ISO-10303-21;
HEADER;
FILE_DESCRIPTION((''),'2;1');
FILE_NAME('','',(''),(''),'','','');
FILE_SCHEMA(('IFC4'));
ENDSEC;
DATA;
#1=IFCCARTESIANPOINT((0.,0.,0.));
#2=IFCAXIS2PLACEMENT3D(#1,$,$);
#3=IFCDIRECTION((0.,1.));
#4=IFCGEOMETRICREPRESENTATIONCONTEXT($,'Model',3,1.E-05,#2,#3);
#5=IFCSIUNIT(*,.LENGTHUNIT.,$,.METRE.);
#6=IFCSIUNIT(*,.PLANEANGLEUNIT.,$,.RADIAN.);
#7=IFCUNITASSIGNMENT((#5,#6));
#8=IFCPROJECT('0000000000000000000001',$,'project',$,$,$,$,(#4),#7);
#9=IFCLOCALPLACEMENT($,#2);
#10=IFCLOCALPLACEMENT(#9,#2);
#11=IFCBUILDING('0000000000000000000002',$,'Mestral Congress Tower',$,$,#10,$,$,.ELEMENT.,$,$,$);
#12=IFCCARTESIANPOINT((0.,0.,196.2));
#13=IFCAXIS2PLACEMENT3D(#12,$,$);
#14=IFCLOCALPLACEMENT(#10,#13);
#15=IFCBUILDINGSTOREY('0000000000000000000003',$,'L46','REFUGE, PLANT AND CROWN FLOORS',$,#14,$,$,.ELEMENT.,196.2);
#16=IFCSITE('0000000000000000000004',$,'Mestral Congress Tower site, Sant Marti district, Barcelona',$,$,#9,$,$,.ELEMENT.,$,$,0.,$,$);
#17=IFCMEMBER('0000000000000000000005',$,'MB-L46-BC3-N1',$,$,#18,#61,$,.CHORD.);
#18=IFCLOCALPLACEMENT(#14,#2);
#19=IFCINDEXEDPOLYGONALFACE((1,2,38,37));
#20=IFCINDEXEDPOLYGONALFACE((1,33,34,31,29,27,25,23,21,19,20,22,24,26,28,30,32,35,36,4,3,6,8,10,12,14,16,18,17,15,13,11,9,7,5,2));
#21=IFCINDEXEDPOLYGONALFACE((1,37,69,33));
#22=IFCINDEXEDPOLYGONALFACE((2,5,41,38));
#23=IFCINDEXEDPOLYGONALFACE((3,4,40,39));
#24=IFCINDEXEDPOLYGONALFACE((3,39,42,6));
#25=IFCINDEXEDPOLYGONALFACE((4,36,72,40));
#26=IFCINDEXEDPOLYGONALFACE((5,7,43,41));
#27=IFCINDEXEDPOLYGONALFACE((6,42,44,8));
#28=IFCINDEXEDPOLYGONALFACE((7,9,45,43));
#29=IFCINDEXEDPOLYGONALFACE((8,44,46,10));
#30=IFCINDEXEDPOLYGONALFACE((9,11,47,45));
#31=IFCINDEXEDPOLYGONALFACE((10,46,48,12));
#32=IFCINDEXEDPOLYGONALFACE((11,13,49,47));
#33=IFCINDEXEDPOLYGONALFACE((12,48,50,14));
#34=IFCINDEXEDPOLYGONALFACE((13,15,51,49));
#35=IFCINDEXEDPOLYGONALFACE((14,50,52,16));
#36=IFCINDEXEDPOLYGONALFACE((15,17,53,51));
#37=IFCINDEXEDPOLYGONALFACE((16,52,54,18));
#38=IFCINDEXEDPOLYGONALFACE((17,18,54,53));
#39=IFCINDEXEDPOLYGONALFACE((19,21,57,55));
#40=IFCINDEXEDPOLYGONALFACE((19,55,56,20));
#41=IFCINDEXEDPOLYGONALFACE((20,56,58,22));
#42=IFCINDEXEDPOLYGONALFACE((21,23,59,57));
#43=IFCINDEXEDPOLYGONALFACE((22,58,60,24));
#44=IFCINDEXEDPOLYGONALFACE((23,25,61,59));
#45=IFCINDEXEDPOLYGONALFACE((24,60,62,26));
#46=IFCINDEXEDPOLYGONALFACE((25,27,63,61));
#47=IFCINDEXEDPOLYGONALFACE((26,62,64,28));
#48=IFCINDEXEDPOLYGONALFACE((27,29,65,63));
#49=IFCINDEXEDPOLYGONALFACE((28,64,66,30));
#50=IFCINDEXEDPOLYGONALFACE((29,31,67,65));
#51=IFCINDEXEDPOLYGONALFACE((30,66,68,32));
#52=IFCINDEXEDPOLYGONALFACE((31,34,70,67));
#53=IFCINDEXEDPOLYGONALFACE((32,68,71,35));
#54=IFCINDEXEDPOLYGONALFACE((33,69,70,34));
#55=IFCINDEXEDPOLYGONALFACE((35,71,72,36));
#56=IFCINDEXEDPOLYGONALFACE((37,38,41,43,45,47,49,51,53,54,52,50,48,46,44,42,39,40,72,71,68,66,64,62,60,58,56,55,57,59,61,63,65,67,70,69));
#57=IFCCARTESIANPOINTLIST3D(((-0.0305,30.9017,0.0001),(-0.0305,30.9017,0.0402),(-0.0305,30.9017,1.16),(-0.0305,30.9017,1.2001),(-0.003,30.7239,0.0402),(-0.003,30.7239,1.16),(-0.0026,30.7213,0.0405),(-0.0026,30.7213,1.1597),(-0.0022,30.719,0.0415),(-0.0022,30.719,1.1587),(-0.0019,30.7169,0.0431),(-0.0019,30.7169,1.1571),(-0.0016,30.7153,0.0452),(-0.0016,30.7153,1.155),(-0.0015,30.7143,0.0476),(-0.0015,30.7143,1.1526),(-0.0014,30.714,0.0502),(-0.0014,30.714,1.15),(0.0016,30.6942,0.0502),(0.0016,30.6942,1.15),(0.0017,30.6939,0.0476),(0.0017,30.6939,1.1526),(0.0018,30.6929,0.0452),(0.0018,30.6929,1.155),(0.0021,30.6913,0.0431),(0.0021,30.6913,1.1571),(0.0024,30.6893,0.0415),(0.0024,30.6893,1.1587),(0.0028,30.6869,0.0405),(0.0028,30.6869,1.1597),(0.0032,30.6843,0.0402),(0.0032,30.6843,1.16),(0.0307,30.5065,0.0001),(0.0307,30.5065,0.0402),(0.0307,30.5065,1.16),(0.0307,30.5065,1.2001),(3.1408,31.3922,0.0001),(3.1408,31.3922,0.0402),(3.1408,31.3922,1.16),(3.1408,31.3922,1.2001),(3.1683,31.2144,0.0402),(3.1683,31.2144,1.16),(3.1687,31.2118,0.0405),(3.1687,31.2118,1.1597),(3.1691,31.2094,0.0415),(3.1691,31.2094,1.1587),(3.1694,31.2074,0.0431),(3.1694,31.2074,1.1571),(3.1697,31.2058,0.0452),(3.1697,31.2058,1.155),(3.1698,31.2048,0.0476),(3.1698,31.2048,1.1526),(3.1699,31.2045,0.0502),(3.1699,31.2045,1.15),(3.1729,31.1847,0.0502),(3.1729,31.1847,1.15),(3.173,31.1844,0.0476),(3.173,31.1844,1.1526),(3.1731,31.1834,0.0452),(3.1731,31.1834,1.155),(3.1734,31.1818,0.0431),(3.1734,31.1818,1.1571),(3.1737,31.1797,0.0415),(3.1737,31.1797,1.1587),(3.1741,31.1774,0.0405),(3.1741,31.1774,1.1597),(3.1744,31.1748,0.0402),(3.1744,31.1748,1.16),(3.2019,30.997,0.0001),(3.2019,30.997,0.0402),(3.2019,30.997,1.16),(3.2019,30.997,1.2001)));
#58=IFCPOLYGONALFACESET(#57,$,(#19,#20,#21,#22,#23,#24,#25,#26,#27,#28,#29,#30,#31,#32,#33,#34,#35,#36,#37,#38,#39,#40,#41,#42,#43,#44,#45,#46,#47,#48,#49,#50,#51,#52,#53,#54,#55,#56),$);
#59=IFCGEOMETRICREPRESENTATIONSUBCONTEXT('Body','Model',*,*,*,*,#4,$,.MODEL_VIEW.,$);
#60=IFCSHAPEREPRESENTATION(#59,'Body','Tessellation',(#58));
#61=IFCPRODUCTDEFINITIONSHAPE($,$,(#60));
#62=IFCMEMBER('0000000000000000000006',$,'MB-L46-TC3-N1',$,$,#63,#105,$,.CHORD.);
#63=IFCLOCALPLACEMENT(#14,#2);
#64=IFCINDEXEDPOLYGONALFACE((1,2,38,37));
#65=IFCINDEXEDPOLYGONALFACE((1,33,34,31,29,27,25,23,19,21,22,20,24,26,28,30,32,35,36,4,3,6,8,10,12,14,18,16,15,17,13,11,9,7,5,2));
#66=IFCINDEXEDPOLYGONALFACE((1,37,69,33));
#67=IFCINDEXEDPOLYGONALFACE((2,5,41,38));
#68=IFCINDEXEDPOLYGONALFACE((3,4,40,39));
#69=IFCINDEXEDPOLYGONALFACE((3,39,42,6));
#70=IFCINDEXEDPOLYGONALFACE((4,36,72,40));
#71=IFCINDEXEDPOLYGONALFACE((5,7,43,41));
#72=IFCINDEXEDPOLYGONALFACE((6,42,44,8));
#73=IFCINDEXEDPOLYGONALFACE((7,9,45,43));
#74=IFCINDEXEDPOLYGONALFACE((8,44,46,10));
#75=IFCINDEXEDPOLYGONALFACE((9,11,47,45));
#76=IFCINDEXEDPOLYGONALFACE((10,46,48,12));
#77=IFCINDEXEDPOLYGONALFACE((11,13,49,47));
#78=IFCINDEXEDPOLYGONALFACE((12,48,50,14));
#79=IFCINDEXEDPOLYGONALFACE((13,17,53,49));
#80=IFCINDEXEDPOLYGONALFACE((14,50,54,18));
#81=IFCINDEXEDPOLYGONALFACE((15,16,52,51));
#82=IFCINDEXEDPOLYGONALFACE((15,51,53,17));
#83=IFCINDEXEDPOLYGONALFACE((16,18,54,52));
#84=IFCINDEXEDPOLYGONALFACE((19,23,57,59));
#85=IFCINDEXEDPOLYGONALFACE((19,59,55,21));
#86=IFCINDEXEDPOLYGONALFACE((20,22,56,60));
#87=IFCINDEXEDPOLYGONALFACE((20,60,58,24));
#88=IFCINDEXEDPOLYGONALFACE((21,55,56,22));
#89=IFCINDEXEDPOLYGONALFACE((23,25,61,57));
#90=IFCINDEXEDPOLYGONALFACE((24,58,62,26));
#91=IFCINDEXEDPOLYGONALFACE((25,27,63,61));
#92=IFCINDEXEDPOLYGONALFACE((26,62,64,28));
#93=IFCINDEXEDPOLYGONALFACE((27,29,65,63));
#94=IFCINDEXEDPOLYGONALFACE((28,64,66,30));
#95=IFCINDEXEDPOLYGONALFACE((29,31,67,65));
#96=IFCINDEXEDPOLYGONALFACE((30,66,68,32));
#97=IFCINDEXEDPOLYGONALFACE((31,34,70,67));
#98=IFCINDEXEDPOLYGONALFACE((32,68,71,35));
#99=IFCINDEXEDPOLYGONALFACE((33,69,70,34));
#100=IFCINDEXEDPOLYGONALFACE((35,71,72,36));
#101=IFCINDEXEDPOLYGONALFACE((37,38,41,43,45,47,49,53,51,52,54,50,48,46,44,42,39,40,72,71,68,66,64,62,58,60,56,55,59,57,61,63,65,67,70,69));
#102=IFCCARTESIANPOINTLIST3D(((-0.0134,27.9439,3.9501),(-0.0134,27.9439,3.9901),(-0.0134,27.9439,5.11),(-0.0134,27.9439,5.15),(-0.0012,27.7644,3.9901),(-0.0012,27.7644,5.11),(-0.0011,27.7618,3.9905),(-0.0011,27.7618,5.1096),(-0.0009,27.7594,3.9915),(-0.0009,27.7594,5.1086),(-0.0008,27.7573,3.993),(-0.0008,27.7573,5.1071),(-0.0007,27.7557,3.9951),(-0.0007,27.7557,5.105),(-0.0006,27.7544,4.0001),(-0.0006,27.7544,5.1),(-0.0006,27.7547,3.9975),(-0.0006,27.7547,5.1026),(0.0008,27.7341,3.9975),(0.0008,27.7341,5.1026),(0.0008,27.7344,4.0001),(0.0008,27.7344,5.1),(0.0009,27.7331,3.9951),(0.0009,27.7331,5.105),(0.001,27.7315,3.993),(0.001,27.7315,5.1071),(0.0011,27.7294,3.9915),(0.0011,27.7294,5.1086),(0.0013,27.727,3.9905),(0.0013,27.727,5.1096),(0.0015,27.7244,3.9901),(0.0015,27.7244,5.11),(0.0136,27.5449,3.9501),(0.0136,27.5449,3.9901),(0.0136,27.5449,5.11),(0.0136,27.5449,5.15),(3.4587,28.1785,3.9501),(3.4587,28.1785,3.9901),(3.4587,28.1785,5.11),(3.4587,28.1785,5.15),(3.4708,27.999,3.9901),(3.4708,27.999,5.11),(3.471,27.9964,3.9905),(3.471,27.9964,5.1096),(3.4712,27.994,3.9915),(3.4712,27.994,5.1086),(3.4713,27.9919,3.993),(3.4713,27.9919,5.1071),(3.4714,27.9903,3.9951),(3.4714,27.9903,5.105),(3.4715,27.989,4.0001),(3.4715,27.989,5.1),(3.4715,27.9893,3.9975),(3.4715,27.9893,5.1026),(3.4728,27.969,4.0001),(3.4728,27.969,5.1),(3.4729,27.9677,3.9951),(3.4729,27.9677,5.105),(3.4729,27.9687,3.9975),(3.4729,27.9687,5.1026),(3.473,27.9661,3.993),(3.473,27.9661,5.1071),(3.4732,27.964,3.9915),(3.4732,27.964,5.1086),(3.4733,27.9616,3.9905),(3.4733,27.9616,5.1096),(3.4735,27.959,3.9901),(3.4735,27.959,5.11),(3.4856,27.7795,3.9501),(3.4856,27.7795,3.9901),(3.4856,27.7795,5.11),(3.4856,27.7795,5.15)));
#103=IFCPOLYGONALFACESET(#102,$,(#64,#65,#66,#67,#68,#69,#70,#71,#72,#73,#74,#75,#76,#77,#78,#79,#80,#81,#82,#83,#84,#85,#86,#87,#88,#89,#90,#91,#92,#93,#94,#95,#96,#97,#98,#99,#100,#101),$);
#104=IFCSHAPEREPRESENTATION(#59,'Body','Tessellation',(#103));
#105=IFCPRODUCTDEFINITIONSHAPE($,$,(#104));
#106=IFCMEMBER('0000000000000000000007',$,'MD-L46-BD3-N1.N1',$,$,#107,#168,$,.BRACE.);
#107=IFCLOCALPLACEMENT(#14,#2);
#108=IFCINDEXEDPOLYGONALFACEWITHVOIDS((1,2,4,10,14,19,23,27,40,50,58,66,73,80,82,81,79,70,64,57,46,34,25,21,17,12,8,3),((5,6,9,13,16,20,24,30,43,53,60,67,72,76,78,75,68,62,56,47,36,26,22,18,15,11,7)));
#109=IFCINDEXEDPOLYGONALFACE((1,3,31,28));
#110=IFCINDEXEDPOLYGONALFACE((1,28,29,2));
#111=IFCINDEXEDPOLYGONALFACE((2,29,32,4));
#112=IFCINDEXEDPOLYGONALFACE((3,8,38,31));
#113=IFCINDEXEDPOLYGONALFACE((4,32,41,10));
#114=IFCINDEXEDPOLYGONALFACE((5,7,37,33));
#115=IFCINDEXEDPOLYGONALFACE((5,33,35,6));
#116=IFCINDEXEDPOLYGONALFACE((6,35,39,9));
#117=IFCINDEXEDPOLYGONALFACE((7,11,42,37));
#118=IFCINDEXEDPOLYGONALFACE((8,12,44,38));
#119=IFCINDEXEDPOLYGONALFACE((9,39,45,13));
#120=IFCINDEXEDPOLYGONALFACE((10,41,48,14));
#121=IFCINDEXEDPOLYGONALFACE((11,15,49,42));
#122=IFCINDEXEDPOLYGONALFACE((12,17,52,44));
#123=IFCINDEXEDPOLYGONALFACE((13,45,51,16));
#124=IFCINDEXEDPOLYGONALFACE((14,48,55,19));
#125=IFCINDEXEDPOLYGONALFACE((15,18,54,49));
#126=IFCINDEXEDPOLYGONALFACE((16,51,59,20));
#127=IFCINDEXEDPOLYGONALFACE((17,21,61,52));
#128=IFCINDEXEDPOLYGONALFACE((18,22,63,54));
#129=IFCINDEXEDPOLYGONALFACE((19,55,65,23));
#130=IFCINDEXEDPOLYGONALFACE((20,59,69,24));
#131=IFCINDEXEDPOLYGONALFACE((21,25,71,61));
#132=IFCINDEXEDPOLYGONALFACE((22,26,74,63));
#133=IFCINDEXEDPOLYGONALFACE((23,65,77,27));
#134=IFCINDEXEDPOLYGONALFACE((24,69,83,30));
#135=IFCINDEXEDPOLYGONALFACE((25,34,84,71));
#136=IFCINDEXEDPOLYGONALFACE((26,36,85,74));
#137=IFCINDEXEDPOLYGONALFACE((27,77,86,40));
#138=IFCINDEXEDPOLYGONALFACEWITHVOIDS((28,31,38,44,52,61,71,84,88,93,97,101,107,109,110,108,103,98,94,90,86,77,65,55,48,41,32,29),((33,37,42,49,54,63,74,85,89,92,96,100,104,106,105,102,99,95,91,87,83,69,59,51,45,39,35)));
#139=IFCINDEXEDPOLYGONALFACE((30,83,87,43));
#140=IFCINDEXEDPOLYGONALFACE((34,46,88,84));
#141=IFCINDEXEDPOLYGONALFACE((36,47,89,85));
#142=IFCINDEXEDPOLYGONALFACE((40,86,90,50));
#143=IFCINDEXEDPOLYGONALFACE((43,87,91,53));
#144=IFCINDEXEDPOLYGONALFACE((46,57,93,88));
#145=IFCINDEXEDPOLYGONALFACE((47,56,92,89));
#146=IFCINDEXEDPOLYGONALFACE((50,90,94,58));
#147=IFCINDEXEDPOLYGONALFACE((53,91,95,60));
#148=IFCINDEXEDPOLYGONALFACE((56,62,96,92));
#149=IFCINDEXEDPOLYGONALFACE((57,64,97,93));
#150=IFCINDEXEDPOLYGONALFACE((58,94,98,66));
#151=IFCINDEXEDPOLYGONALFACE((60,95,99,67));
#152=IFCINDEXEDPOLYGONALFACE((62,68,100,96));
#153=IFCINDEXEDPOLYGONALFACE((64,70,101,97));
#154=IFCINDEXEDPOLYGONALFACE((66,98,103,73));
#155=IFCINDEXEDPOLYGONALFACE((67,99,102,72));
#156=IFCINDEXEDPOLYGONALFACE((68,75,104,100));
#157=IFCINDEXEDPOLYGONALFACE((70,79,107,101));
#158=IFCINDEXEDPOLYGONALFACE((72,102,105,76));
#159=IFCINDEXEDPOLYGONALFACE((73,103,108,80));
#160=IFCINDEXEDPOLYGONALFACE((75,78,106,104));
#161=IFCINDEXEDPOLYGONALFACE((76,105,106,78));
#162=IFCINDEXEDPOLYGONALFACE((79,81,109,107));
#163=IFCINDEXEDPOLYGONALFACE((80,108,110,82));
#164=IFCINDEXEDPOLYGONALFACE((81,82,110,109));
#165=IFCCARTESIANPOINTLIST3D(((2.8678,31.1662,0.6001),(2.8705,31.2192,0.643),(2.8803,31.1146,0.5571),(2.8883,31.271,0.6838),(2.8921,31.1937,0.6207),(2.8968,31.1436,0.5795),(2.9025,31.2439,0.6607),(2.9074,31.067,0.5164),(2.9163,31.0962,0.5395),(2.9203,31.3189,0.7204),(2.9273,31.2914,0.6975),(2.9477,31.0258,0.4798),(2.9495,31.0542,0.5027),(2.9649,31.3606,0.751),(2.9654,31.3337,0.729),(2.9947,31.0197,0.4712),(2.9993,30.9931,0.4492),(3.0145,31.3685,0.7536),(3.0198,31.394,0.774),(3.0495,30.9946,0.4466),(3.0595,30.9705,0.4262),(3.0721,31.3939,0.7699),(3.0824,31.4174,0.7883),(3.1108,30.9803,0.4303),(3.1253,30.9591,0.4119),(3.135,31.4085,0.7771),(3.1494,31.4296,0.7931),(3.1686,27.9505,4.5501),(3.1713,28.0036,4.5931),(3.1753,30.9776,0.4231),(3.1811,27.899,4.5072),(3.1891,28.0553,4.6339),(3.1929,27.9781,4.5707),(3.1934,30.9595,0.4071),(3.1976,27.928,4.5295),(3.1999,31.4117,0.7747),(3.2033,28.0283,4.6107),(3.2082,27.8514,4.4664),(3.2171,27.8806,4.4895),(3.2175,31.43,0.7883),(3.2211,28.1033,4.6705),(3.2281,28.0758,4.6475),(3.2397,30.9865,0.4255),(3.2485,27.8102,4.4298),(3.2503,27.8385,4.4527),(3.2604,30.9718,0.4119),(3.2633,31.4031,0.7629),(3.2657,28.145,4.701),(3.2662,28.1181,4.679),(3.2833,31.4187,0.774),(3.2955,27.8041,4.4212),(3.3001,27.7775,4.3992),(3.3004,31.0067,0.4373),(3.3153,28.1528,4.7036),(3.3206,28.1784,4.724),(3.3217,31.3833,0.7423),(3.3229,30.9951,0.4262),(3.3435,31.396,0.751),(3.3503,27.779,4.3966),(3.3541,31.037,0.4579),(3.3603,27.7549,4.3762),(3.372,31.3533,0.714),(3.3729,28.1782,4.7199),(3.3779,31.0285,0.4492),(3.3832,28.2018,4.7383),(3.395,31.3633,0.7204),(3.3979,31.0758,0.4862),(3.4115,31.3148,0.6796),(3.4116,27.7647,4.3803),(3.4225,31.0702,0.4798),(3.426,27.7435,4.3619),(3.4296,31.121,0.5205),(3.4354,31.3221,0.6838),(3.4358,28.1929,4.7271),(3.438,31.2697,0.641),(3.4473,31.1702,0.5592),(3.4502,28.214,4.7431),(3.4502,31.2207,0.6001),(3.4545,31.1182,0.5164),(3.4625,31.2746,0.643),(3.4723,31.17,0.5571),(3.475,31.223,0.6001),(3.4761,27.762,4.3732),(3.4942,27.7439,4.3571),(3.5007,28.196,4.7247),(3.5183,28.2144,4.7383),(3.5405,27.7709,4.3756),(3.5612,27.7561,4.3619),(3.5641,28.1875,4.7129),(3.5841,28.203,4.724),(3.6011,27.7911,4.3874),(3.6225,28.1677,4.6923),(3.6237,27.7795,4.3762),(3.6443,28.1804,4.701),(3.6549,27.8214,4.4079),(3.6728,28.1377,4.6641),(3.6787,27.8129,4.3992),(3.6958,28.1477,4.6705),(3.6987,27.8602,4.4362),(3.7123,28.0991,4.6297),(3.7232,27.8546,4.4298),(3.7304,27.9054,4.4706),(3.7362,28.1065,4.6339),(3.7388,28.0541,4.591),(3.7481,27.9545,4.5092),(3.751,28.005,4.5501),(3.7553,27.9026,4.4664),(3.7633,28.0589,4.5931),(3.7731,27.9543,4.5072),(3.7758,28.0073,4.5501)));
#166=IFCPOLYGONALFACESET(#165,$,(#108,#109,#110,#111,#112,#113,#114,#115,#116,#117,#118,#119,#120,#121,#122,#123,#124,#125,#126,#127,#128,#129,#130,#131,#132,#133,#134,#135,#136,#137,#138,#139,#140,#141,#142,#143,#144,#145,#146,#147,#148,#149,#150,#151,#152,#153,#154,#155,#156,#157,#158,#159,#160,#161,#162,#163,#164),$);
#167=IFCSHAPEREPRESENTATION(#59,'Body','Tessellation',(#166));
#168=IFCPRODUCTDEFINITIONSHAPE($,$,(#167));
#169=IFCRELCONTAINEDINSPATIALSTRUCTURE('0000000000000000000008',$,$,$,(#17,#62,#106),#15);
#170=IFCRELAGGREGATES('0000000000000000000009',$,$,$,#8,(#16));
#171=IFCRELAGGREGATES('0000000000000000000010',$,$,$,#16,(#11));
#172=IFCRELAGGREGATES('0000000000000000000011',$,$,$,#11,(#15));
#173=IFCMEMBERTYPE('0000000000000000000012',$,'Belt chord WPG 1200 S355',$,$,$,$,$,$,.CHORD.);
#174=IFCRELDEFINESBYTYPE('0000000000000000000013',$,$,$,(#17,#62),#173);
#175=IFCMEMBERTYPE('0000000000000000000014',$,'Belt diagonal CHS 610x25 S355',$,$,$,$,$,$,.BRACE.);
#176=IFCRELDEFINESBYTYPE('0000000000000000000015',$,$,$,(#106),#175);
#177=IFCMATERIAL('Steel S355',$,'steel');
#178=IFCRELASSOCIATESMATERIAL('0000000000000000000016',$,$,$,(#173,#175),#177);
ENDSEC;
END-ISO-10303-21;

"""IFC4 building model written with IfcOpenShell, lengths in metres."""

from ifc_helpers import new_model, si_unit, direction, frame, origin, origin_2d, place, context, subcontext, project, spatial, hollow_circle, i_section, extrude, material, material_profile, profile_set, type_object, element, save


model = new_model("IFC4")

# Units and contexts
model_context = context("Model", 3, precision=1e-05, world=origin(), true_north=direction((0.0, 1.0)))
body_context = subcontext(model_context, "Body", "Model", "MODEL_VIEW")
ifc_project = project(units=[si_unit("LENGTHUNIT", "METRE"), si_unit("PLANEANGLEUNIT", "RADIAN")], contexts=[model_context])

# Site, building, storey
site_placement = place(None, origin())
site = spatial("IfcSite", under=ifc_project, at=site_placement, Name="Mestral Congress Tower site, Sant Marti district, Barcelona", CompositionType="ELEMENT", RefElevation=0.0)
building_placement = place(site_placement, origin())
building = spatial("IfcBuilding", under=site, at=building_placement, Name="Mestral Congress Tower", CompositionType="ELEMENT")
storey_placement = place(building_placement, frame((0.0, 0.0, 196.2)))
storey = spatial("IfcBuildingStorey", under=building, at=storey_placement, Name="L46", Description="REFUGE, PLANT AND CROWN FLOORS", CompositionType="ELEMENT", Elevation=196.2)

# Members
ifc_material_1 = material(Name="Steel S355", Category="steel")
ifc_material_profile_1 = material_profile(ifc_material_1, i_section(OverallWidth=0.3999, OverallDepth=1.2, WebThickness=0.02, FlangeThickness=0.04, FilletRadius=0.01, at=origin_2d()), Name="WPG 1200")
ifc_profile_set_1 = profile_set([ifc_material_profile_1], Name="Steel S355")
member_type_1 = type_object("IfcMemberType", Name="Belt chord WPG 1200 S355", PredefinedType="CHORD", material=ifc_profile_set_1)
member_1_placement = place(storey_placement, frame((3.1714, 31.1946, 0.6001), z_axis=(-0.988251, -0.15284, 0.0), x_axis=(0.15284, -0.988251, 0.0)))
element("IfcMember", 1, at=member_1_placement, inside=storey, type_object=member_type_1, Name="MB-L46-BC3-N1", PredefinedType="CHORD", context=body_context, shape_type="SweptSolid", body=[
    extrude(i_section(OverallWidth=0.3999, OverallDepth=1.2, WebThickness=0.02, FlangeThickness=0.04, FilletRadius=0.01, at=origin_2d()), origin(), (0.0, 0.0, 1.0), 3.209),
])
member_2_placement = place(storey_placement, frame((3.4722, 27.979, 4.55), z_axis=(-0.997725, -0.067418, 0.0), x_axis=(0.067418, -0.997725, 0.0)))
element("IfcMember", 2, at=member_2_placement, inside=storey, type_object=member_type_1, Name="MB-L46-TC3-N1", PredefinedType="CHORD", context=body_context, shape_type="SweptSolid", body=[
    extrude(i_section(OverallWidth=0.3999, OverallDepth=1.2, WebThickness=0.02, FlangeThickness=0.04, FilletRadius=0.01, at=origin_2d()), origin(), (0.0, 0.0, 1.0), 3.48),
])
ifc_material_profile_2 = material_profile(ifc_material_1, hollow_circle(Radius=0.3049, WallThickness=0.0249, at=origin_2d()), Name="CHS 610x25")
ifc_profile_set_2 = profile_set([ifc_material_profile_2], Name="Steel S355")
member_type_2 = type_object("IfcMemberType", Name="Belt diagonal CHS 610x25 S355", PredefinedType="BRACE", material=ifc_profile_set_2)
member_3_placement = place(storey_placement, frame((3.1714, 31.1946, 0.6001), z_axis=(0.058951, -0.630232, 0.774165), x_axis=(0.995654, 0.093132, 0.0)))
element("IfcMember", 3, at=member_3_placement, inside=storey, type_object=member_type_2, Name="MD-L46-BD3-N1.N1", PredefinedType="BRACE", context=body_context, shape_type="SweptSolid", body=[
    extrude(hollow_circle(Radius=0.3049, WallThickness=0.0249, at=origin_2d()), origin(), (0.0, 0.0, 1.0), 5.1023),
])

save(model, "model.ifc")
